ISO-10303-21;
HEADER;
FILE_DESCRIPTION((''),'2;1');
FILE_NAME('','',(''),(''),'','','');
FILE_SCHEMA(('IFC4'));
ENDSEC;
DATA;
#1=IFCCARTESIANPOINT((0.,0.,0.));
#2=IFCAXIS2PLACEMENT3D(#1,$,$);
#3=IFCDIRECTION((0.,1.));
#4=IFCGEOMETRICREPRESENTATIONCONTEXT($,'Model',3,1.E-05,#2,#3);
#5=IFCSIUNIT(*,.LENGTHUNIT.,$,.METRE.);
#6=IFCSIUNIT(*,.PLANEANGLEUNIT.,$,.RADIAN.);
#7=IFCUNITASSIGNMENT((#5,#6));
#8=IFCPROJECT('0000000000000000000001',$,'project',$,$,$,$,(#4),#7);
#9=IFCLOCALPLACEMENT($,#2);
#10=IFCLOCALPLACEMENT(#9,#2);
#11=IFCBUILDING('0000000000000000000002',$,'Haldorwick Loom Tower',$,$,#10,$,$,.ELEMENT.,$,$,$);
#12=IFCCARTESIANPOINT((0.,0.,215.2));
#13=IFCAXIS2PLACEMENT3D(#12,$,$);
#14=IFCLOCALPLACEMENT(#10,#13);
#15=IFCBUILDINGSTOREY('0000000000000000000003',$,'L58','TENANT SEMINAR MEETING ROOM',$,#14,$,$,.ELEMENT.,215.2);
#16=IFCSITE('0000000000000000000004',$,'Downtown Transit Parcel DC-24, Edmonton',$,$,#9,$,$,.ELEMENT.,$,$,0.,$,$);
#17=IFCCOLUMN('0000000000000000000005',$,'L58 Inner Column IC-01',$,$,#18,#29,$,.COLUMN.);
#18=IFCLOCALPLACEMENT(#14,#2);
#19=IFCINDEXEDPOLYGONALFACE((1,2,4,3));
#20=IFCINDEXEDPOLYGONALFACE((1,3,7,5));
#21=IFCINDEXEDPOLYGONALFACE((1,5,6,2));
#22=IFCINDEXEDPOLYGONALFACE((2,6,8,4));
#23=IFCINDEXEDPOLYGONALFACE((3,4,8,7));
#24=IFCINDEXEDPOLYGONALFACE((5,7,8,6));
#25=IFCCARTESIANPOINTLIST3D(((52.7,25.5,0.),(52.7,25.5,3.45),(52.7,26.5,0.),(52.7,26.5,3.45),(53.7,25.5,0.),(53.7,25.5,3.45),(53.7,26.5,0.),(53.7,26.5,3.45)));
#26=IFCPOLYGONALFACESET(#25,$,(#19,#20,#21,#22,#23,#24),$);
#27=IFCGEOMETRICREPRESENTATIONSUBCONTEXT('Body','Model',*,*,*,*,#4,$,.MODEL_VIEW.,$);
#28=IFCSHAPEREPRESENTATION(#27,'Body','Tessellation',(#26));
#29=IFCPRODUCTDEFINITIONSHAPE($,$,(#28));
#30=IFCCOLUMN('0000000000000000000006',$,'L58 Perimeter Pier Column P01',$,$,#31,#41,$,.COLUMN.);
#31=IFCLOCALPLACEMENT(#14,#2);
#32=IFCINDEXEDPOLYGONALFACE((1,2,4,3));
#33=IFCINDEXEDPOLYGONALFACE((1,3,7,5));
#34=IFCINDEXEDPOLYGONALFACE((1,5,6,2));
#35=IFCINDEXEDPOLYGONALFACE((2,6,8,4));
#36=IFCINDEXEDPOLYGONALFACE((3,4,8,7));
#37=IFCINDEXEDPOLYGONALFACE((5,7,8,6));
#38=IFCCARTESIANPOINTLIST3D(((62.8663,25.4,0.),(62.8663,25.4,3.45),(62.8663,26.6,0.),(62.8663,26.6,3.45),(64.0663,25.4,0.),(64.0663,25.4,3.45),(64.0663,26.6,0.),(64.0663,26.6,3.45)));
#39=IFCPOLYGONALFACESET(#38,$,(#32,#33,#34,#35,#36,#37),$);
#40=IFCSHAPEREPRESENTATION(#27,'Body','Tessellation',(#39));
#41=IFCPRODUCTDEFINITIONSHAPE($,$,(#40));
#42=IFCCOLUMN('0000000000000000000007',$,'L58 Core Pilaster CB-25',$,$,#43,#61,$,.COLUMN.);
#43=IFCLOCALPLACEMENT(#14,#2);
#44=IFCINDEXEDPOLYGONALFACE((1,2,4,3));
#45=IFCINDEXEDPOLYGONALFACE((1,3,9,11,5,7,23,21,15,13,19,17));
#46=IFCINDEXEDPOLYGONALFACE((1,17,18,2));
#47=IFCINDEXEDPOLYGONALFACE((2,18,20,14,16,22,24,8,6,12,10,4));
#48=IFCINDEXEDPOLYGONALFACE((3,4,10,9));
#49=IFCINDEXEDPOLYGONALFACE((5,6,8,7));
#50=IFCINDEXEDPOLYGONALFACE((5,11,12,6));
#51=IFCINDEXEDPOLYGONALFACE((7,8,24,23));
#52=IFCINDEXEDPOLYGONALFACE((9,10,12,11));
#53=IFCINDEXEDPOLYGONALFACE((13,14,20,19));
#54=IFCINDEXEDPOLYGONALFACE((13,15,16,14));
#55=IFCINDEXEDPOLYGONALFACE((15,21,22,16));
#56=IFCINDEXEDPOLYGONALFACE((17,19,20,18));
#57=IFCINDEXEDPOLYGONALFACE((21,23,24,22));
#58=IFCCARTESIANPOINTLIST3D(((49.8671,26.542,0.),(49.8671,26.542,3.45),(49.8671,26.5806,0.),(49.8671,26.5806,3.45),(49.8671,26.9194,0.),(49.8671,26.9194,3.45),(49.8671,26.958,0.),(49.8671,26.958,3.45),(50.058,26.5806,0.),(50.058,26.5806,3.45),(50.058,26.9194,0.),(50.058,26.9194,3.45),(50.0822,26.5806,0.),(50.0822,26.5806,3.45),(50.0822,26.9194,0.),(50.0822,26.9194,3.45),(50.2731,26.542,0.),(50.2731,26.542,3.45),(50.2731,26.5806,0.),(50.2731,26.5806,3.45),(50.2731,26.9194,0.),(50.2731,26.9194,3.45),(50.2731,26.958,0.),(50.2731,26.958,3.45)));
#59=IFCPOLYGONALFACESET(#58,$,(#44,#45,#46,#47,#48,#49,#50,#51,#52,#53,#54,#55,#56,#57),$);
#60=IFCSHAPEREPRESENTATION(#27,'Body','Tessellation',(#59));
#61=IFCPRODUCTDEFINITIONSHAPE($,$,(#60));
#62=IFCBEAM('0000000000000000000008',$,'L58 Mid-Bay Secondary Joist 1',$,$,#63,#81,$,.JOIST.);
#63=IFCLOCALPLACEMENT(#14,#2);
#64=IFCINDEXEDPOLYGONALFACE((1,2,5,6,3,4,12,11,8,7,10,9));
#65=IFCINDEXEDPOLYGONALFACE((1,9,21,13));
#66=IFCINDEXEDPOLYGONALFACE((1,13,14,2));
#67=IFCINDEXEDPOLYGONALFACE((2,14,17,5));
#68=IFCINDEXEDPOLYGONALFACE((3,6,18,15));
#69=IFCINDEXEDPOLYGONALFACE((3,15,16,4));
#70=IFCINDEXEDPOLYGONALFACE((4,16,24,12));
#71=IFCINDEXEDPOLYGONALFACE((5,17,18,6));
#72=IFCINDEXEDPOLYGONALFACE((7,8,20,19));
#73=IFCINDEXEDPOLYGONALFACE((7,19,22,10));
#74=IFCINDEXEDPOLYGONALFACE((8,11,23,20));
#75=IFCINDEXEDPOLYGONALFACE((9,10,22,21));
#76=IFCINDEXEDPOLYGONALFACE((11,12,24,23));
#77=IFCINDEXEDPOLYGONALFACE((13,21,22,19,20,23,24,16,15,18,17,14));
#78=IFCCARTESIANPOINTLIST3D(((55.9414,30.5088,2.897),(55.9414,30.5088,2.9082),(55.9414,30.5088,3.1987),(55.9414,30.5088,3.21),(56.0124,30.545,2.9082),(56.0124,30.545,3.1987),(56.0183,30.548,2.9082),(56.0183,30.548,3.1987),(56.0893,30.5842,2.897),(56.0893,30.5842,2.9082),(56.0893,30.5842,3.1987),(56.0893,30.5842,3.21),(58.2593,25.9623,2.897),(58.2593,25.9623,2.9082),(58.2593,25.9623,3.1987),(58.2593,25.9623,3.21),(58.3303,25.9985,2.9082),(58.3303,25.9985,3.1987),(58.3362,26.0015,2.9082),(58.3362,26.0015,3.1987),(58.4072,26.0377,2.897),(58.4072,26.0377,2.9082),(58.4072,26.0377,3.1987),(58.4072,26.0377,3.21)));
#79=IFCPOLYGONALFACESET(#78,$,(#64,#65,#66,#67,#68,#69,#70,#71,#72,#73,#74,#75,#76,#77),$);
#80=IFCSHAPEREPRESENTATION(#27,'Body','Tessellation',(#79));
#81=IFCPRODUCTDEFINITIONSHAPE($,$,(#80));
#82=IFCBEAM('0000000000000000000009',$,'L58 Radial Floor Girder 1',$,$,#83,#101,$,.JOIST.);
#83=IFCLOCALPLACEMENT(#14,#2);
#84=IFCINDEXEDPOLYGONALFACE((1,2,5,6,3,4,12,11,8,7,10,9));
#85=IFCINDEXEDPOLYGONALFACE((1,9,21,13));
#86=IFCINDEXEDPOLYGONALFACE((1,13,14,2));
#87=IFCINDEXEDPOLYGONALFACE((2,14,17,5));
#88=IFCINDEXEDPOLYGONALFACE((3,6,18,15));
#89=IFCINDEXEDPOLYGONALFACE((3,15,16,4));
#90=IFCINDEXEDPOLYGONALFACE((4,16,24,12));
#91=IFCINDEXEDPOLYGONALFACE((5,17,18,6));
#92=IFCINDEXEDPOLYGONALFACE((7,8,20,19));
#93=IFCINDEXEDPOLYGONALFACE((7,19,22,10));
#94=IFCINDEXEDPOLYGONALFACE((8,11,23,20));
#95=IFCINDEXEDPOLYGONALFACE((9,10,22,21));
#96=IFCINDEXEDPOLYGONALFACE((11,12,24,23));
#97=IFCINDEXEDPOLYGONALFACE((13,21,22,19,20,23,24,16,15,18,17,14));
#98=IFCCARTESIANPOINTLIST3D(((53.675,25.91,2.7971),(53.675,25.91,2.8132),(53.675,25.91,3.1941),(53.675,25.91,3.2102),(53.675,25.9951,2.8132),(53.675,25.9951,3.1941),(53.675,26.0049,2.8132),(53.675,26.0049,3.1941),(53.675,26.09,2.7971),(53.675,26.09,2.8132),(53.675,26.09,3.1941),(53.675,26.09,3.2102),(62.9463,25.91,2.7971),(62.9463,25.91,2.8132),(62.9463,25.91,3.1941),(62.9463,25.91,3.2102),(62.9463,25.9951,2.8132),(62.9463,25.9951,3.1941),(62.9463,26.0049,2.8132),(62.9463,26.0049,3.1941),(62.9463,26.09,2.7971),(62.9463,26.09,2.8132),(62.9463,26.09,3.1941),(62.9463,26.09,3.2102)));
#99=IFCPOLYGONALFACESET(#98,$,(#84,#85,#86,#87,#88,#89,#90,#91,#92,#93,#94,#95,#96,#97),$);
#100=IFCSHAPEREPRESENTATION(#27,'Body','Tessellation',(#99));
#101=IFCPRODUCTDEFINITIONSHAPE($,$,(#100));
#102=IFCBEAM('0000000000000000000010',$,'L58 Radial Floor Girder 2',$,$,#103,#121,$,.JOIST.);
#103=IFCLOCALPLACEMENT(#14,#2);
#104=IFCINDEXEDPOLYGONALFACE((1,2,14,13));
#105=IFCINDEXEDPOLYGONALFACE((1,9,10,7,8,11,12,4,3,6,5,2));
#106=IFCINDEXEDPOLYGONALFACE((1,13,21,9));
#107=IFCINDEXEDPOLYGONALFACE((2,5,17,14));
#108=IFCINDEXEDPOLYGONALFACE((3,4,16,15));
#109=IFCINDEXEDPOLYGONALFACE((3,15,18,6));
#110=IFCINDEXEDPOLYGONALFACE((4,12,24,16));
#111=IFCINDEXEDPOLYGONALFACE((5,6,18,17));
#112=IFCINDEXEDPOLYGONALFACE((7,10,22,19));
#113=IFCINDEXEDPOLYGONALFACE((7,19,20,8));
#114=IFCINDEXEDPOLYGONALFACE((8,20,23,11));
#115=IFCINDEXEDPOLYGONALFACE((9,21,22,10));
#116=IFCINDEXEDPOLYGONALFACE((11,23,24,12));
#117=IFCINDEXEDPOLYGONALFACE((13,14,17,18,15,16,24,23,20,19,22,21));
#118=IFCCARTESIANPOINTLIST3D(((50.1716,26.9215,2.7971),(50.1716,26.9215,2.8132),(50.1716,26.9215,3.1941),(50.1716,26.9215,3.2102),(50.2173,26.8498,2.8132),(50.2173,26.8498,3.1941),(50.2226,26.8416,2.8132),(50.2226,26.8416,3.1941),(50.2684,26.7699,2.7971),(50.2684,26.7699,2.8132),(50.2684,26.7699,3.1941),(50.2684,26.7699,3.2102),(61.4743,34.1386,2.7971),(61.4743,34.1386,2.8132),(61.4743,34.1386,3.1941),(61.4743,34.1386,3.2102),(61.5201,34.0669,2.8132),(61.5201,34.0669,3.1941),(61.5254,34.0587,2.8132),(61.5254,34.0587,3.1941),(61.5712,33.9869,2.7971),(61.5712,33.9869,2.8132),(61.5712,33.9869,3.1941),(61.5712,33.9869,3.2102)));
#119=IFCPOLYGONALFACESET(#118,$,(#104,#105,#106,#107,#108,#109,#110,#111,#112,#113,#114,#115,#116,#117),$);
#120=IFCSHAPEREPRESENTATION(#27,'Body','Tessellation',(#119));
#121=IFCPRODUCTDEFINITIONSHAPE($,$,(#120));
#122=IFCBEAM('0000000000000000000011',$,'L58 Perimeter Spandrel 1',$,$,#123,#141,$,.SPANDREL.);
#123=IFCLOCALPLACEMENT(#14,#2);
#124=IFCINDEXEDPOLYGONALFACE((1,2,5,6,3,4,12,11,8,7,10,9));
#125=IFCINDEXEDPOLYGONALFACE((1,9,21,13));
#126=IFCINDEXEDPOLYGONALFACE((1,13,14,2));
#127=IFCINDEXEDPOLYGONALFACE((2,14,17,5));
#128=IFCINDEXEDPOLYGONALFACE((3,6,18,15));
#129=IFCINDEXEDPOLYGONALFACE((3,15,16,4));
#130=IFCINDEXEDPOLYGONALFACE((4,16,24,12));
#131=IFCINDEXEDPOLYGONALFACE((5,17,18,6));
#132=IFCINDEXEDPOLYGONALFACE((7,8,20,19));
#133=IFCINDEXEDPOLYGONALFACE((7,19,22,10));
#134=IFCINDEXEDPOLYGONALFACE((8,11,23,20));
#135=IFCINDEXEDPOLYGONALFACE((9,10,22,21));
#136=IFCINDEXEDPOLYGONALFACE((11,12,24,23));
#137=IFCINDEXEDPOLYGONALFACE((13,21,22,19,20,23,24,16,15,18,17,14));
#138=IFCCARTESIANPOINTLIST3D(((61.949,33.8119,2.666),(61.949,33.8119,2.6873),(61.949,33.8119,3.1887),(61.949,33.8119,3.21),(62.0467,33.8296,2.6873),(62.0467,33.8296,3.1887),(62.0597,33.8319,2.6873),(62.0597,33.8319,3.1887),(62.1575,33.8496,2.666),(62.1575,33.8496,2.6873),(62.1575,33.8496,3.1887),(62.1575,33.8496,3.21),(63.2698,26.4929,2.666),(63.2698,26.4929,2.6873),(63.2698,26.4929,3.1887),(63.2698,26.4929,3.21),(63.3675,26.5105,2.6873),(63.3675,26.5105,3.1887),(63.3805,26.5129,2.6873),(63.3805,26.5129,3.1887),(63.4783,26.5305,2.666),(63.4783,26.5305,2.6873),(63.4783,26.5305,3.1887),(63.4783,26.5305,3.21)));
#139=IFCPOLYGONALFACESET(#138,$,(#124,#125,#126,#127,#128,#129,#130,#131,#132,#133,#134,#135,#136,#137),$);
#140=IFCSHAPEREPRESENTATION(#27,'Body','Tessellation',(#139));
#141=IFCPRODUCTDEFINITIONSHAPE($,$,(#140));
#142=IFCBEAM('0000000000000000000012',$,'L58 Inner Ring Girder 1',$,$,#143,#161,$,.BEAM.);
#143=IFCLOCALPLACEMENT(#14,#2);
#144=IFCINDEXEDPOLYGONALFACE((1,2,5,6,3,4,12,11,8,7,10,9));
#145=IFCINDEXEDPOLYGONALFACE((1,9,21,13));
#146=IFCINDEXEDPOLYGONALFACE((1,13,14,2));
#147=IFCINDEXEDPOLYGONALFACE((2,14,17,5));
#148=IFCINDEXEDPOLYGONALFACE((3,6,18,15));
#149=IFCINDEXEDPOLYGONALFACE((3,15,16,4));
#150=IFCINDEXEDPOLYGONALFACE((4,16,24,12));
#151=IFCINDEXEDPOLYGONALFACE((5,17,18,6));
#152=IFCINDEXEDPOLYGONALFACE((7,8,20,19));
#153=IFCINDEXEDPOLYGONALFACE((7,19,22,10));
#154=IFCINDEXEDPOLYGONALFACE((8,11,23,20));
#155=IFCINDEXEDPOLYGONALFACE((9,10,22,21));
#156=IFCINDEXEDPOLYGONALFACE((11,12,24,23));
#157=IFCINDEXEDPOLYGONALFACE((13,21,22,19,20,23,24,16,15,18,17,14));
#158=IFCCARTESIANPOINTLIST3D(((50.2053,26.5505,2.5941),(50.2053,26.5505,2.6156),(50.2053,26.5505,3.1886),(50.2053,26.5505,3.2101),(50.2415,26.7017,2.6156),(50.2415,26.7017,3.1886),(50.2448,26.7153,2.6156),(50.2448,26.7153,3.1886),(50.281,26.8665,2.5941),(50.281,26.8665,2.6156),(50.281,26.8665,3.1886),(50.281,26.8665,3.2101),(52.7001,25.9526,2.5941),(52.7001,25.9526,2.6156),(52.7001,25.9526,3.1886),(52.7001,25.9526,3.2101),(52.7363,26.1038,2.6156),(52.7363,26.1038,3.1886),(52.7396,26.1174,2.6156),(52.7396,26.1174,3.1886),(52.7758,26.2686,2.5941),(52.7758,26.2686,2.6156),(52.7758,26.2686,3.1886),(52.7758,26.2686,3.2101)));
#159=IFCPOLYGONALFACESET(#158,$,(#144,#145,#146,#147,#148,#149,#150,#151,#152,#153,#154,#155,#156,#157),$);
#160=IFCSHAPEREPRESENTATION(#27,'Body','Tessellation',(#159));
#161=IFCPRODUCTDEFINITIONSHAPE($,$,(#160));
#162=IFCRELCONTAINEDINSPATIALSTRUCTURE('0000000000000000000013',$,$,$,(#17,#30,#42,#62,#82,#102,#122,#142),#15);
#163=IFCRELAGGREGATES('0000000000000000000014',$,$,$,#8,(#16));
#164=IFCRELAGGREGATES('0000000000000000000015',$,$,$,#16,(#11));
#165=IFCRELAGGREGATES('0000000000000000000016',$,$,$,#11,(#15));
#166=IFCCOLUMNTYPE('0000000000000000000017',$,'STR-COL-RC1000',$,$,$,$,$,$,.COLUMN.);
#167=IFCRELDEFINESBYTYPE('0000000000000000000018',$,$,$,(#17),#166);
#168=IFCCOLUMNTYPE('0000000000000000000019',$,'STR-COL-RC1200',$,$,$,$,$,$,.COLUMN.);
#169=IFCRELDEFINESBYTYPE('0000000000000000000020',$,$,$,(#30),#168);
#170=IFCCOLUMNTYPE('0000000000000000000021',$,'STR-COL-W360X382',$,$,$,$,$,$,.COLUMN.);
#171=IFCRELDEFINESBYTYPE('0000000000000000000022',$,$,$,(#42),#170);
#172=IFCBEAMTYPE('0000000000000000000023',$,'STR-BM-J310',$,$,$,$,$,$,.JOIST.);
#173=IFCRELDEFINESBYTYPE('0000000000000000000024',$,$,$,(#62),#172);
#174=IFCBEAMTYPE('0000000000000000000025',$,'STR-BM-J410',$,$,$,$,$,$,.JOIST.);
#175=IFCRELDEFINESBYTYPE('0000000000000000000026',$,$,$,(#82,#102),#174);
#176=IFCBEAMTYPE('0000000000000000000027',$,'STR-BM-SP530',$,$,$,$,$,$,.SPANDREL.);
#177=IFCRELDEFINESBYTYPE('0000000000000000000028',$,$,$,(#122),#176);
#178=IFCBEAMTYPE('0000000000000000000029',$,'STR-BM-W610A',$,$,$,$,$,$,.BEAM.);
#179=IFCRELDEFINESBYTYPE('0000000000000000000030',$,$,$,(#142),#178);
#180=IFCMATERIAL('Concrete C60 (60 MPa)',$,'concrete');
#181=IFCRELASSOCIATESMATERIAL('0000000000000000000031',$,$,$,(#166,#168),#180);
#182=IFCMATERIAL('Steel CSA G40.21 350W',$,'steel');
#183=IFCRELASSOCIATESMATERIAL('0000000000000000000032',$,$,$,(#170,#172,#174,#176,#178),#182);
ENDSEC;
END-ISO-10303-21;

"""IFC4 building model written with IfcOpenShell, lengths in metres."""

from ifc_helpers import new_model, si_unit, direction, frame, origin, origin_2d, place, context, subcontext, project, spatial, rectangle, i_section, extrude, material, material_profile, profile_set, type_object, element, save


model = new_model("IFC4")

# Units and contexts
model_context = context("Model", 3, precision=1e-05, world=origin(), true_north=direction((0.0, 1.0)))
body_context = subcontext(model_context, "Body", "Model", "MODEL_VIEW")
ifc_project = project(units=[si_unit("LENGTHUNIT", "METRE"), si_unit("PLANEANGLEUNIT", "RADIAN")], contexts=[model_context])

# Site, building, storey
site_placement = place(None, origin())
site = spatial("IfcSite", under=ifc_project, at=site_placement, Name="Downtown Transit Parcel DC-24, Edmonton", CompositionType="ELEMENT", RefElevation=0.0)
building_placement = place(site_placement, origin())
building = spatial("IfcBuilding", under=site, at=building_placement, Name="Haldorwick Loom Tower", CompositionType="ELEMENT")
storey_placement = place(building_placement, frame((0.0, 0.0, 215.2)))
storey = spatial("IfcBuildingStorey", under=building, at=storey_placement, Name="L58", Description="TENANT SEMINAR MEETING ROOM", CompositionType="ELEMENT", Elevation=215.2)

# Columns
ifc_material_1 = material(Name="Concrete C60 (60 MPa)", Category="concrete")
ifc_material_profile_1 = material_profile(ifc_material_1, rectangle(XDim=1.0, YDim=1.0, at=origin_2d()), Name="RC1000X1000", Category="concrete")
ifc_profile_set_1 = profile_set([ifc_material_profile_1], Name="Concrete C60 (60 MPa)")
column_type_1 = type_object("IfcColumnType", Name="STR-COL-RC1000", PredefinedType="COLUMN", material=ifc_profile_set_1)
column_1_placement = place(storey_placement, frame((53.2, 26.0, 0.0), z_axis=(0.0, 0.0, 1.0), x_axis=(1.0, 0.0, 0.0)))
element("IfcColumn", 1, at=column_1_placement, inside=storey, type_object=column_type_1, Name="L58 Inner Column IC-01", PredefinedType="COLUMN", context=body_context, shape_type="SweptSolid", body=[
    extrude(rectangle(XDim=1.0, YDim=1.0, at=origin_2d()), origin(), (0.0, 0.0, 1.0), 3.45),
])
ifc_material_profile_2 = material_profile(ifc_material_1, rectangle(XDim=1.2, YDim=1.2, at=origin_2d()), Name="RC1200X1200", Category="concrete")
ifc_profile_set_2 = profile_set([ifc_material_profile_2], Name="Concrete C60 (60 MPa)")
column_type_2 = type_object("IfcColumnType", Name="STR-COL-RC1200", PredefinedType="COLUMN", material=ifc_profile_set_2)
column_2_placement = place(storey_placement, frame((63.4663, 26.0, 0.0), z_axis=(0.0, 0.0, 1.0), x_axis=(1.0, 0.0, 0.0)))
element("IfcColumn", 2, at=column_2_placement, inside=storey, type_object=column_type_2, Name="L58 Perimeter Pier Column P01", PredefinedType="COLUMN", context=body_context, shape_type="SweptSolid", body=[
    extrude(rectangle(XDim=1.2, YDim=1.2, at=origin_2d()), origin(), (0.0, 0.0, 1.0), 3.45),
])
ifc_material_2 = material(Name="Steel CSA G40.21 350W", Category="steel")
ifc_material_profile_3 = material_profile(ifc_material_2, i_section(OverallWidth=0.406, OverallDepth=0.416, WebThickness=0.0242, FlangeThickness=0.0386, at=origin_2d()), Name="W360X382", Category="steel")
ifc_profile_set_3 = profile_set([ifc_material_profile_3], Name="Steel CSA G40.21 350W")
column_type_3 = type_object("IfcColumnType", Name="STR-COL-W360X382", PredefinedType="COLUMN", material=ifc_profile_set_3)
column_3_placement = place(storey_placement, frame((50.0701, 26.75, 0.0), z_axis=(0.0, 0.0, 1.0), x_axis=(1.0, 0.0, 0.0)))
element("IfcColumn", 3, at=column_3_placement, inside=storey, type_object=column_type_3, Name="L58 Core Pilaster CB-25", PredefinedType="COLUMN", context=body_context, shape_type="SweptSolid", body=[
    extrude(i_section(OverallWidth=0.406, OverallDepth=0.416, WebThickness=0.0242, FlangeThickness=0.0386, at=origin_2d()), origin(), (0.0, 0.0, 1.0), 3.45),
])

# Beams
ifc_material_profile_4 = material_profile(ifc_material_2, i_section(OverallWidth=0.166, OverallDepth=0.313, WebThickness=0.0066, FlangeThickness=0.0112, at=origin_2d()), Name="W310X45", Category="steel")
ifc_profile_set_4 = profile_set([ifc_material_profile_4], Name="Steel CSA G40.21 350W")
beam_type_1 = type_object("IfcBeamType", Name="STR-BM-J310", PredefinedType="JOIST", material=ifc_profile_set_4)
beam_1_placement = place(storey_placement, frame((58.3333, 26.0, 3.0535), z_axis=(-0.454204, 0.890898, 0.0), x_axis=(-0.890898, -0.454204, 0.0)))
element("IfcBeam", 4, at=beam_1_placement, inside=storey, type_object=beam_type_1, Name="L58 Mid-Bay Secondary Joist 1", PredefinedType="JOIST", context=body_context, shape_type="SweptSolid", body=[
    extrude(i_section(OverallWidth=0.166, OverallDepth=0.313, WebThickness=0.0066, FlangeThickness=0.0112, at=origin_2d()), origin(), (0.0, 0.0, 1.0), 5.1033),
])
ifc_material_profile_5 = material_profile(ifc_material_2, i_section(OverallWidth=0.1799, OverallDepth=0.4131, WebThickness=0.0098, FlangeThickness=0.0161, at=origin_2d()), Name="W410X74", Category="steel")
ifc_profile_set_5 = profile_set([ifc_material_profile_5], Name="Steel CSA G40.21 350W")
beam_type_2 = type_object("IfcBeamType", Name="STR-BM-J410", PredefinedType="JOIST", material=ifc_profile_set_5)
beam_2_placement = place(storey_placement, frame((53.675, 26.0, 3.0037), z_axis=(1.0, 0.0, 0.0), x_axis=(0.0, 1.0, 0.0)))
element("IfcBeam", 5, at=beam_2_placement, inside=storey, type_object=beam_type_2, Name="L58 Radial Floor Girder 1", PredefinedType="JOIST", context=body_context, shape_type="SweptSolid", body=[
    extrude(i_section(OverallWidth=0.1799, OverallDepth=0.4131, WebThickness=0.0098, FlangeThickness=0.0161, at=origin_2d()), origin(), (0.0, 0.0, 1.0), 9.2712),
])
beam_3_placement = place(storey_placement, frame((50.22, 26.8457, 3.0037), z_axis=(0.842837, 0.538169, 0.0), x_axis=(-0.538169, 0.842837, 0.0)))
element("IfcBeam", 6, at=beam_3_placement, inside=storey, type_object=beam_type_2, Name="L58 Radial Floor Girder 2", PredefinedType="JOIST", context=body_context, shape_type="SweptSolid", body=[
    extrude(i_section(OverallWidth=0.1799, OverallDepth=0.4131, WebThickness=0.0098, FlangeThickness=0.0161, at=origin_2d()), origin(), (0.0, 0.0, 1.0), 13.4104),
])
ifc_material_profile_6 = material_profile(ifc_material_2, i_section(OverallWidth=0.2119, OverallDepth=0.5439, WebThickness=0.0132, FlangeThickness=0.0212, at=origin_2d()), Name="W530X123", Category="steel")
ifc_profile_set_6 = profile_set([ifc_material_profile_6], Name="Steel CSA G40.21 350W")
beam_type_3 = type_object("IfcBeamType", Name="STR-BM-SP530", PredefinedType="SPANDREL", material=ifc_profile_set_6)
beam_4_placement = place(storey_placement, frame((63.374, 26.5117, 2.938), z_axis=(-0.177591, 0.984104, 0.0), x_axis=(-0.984104, -0.177591, 0.0)))
element("IfcBeam", 7, at=beam_4_placement, inside=storey, type_object=beam_type_3, Name="L58 Perimeter Spandrel 1", PredefinedType="SPANDREL", context=body_context, shape_type="SweptSolid", body=[
    extrude(i_section(OverallWidth=0.2119, OverallDepth=0.5439, WebThickness=0.0132, FlangeThickness=0.0212, at=origin_2d()), origin(), (0.0, 0.0, 1.0), 7.4373),
])
ifc_material_profile_7 = material_profile(ifc_material_2, i_section(OverallWidth=0.325, OverallDepth=0.616, WebThickness=0.0139, FlangeThickness=0.0215, at=origin_2d()), Name="W610X174", Category="steel")
ifc_profile_set_7 = profile_set([ifc_material_profile_7], Name="Steel CSA G40.21 350W")
beam_type_4 = type_object("IfcBeamType", Name="STR-BM-W610A", PredefinedType="BEAM", material=ifc_profile_set_7)
beam_5_placement = place(storey_placement, frame((50.2432, 26.7085, 2.9021), z_axis=(0.972464, -0.233053, 0.0), x_axis=(0.233053, 0.972464, 0.0)))
element("IfcBeam", 8, at=beam_5_placement, inside=storey, type_object=beam_type_4, Name="L58 Inner Ring Girder 1", PredefinedType="BEAM", context=body_context, shape_type="SweptSolid", body=[
    extrude(i_section(OverallWidth=0.325, OverallDepth=0.616, WebThickness=0.0139, FlangeThickness=0.0215, at=origin_2d()), origin(), (0.0, 0.0, 1.0), 2.5654),
])

save(model, "model.ifc")
